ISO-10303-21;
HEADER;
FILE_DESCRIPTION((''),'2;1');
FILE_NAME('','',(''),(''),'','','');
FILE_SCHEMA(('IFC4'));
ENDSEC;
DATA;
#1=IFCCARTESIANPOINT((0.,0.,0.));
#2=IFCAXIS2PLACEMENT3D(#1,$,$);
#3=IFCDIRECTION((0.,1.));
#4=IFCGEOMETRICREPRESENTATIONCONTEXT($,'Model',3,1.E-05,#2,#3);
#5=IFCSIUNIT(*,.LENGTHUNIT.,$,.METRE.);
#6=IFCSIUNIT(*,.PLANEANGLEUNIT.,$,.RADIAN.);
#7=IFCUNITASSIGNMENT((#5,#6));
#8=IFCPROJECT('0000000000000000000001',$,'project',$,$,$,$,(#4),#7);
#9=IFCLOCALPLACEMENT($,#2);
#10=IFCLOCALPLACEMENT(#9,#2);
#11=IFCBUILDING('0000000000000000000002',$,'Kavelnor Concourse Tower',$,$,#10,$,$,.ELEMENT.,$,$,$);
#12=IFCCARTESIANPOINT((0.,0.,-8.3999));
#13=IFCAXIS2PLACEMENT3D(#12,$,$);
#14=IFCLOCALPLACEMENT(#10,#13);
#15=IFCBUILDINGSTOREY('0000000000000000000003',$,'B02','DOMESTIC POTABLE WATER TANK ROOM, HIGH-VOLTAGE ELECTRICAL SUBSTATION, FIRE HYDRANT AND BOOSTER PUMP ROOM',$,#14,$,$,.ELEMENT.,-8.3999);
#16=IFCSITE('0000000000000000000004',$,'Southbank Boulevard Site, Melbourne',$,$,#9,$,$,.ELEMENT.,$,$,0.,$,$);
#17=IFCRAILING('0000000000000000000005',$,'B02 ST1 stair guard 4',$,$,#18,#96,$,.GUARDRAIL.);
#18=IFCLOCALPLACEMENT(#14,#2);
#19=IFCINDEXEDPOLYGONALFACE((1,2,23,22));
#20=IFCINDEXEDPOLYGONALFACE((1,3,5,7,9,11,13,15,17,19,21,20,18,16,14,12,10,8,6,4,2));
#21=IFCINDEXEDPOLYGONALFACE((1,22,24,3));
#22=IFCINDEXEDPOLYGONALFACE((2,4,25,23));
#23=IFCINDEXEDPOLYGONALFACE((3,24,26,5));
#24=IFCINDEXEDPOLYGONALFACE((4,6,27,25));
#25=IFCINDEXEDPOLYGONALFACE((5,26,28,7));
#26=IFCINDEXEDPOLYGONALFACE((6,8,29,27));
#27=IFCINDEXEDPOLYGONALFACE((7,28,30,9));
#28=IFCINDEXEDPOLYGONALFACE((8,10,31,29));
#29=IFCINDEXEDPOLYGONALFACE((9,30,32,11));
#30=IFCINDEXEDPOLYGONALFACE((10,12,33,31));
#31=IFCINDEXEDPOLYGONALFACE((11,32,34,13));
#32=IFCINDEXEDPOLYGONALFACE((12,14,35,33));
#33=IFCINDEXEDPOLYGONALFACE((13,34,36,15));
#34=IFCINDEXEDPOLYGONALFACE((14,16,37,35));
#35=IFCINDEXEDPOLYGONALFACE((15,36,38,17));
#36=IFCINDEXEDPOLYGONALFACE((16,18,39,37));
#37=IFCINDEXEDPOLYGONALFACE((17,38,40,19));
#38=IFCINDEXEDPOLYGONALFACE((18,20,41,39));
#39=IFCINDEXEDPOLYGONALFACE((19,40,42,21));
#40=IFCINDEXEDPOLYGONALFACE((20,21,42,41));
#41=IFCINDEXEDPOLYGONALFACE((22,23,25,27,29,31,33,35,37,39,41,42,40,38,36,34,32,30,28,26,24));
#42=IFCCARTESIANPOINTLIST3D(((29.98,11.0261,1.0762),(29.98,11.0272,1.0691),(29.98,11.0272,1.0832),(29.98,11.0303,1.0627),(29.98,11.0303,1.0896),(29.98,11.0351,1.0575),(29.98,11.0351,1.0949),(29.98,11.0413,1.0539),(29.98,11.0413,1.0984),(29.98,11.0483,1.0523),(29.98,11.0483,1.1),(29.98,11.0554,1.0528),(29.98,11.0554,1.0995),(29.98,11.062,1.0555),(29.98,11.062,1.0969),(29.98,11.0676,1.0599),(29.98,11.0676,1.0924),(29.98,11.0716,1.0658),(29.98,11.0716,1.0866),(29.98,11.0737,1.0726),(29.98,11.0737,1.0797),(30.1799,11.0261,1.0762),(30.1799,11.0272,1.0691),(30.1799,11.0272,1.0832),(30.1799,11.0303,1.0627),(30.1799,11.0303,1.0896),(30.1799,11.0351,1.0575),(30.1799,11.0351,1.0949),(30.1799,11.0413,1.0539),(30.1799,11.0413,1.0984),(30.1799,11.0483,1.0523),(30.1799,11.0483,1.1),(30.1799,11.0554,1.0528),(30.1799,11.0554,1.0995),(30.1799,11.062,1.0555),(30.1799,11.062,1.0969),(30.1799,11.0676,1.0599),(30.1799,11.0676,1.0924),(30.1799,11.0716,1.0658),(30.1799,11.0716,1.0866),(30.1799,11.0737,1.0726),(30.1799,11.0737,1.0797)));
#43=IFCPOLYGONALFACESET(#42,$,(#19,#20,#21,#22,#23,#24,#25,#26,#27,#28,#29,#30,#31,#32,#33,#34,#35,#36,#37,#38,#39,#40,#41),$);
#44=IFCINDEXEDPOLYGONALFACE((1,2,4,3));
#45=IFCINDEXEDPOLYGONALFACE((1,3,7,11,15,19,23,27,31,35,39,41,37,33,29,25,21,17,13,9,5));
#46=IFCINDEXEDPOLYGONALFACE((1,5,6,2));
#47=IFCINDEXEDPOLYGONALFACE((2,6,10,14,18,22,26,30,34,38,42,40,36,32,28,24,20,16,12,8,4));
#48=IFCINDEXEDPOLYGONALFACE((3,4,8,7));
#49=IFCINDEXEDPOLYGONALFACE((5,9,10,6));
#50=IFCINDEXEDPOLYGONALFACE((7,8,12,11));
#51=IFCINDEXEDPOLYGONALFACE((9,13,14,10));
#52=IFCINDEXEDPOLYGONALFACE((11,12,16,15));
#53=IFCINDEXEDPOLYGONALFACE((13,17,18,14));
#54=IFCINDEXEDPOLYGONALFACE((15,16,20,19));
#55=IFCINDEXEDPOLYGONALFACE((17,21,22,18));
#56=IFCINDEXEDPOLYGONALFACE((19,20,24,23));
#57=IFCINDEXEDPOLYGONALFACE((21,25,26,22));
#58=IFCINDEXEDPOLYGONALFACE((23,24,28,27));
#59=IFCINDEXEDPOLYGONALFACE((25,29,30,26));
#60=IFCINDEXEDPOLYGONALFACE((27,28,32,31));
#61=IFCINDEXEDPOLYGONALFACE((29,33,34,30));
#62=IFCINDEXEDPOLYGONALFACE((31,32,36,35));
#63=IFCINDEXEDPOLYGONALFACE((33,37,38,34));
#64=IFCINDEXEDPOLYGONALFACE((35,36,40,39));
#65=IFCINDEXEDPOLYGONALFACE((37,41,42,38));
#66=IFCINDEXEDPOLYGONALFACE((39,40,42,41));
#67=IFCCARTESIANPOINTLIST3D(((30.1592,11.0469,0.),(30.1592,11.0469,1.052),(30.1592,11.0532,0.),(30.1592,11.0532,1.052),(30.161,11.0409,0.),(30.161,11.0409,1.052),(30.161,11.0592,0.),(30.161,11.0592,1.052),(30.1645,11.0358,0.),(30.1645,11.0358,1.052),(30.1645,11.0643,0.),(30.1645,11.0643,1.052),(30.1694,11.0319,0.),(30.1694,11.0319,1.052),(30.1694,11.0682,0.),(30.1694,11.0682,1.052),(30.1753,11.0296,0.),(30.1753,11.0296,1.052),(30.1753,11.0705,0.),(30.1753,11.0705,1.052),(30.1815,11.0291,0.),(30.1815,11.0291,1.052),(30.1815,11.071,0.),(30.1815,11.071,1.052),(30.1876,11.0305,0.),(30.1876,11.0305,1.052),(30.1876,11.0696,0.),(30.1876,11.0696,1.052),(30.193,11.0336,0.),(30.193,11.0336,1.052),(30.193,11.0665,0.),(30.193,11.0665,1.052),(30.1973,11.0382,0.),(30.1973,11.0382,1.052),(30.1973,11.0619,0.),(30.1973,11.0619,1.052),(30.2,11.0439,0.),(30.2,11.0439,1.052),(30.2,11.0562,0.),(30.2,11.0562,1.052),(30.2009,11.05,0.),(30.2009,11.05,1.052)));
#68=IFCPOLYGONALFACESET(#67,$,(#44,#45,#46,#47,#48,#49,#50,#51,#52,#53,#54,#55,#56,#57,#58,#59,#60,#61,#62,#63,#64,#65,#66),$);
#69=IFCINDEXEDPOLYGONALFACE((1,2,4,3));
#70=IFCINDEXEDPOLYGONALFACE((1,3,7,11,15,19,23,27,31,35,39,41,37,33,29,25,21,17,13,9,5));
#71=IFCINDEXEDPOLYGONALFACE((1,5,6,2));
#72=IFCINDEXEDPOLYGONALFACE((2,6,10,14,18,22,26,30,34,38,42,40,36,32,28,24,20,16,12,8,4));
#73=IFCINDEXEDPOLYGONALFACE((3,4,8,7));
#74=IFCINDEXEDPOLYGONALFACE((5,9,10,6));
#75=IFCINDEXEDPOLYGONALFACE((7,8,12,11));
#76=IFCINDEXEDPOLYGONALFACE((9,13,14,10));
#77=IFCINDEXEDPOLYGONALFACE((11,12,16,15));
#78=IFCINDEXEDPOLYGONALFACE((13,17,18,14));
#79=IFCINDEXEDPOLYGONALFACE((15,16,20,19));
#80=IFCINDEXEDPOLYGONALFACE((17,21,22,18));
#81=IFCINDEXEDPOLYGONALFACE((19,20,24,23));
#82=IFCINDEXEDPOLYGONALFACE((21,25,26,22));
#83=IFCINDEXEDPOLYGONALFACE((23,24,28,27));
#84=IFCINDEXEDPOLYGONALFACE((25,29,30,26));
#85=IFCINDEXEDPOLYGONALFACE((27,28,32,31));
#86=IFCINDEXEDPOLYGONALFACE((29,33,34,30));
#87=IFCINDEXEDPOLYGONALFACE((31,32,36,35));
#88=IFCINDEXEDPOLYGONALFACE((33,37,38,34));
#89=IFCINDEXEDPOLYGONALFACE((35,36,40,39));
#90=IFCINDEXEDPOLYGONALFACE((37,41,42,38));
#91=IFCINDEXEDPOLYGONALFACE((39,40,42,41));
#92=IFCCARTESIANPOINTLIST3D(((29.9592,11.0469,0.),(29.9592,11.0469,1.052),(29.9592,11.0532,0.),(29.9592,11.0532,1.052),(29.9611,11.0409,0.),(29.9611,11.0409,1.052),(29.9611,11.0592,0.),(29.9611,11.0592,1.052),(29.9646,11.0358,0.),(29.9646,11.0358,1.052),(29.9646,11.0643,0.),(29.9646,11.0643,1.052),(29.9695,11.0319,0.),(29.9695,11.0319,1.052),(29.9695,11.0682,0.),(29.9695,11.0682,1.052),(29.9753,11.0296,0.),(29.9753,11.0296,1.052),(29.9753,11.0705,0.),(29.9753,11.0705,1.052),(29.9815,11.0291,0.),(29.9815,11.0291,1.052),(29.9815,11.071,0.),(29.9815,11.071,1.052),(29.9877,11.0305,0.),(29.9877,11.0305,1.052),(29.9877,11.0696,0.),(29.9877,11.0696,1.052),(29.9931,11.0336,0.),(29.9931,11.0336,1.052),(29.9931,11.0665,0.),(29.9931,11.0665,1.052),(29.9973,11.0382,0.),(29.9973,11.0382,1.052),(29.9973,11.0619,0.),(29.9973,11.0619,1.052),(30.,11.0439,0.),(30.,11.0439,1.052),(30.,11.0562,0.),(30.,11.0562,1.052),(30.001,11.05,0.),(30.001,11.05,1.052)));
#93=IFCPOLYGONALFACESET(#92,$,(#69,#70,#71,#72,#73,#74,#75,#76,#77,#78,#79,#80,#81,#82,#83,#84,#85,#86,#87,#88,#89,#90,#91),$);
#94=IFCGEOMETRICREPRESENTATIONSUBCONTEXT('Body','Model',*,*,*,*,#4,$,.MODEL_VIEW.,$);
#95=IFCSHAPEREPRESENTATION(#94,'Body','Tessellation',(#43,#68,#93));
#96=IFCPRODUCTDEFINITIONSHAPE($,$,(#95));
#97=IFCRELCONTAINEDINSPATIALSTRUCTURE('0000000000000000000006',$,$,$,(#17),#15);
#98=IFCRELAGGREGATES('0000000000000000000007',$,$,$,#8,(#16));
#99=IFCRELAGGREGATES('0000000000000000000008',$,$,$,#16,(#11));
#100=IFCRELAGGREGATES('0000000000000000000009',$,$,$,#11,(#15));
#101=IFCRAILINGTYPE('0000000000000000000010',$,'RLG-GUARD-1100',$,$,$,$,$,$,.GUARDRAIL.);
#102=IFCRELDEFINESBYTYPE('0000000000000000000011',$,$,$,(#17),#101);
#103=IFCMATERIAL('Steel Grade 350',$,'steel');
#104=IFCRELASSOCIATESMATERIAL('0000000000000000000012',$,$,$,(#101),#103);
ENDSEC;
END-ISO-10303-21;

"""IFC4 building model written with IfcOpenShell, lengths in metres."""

from ifc_helpers import new_model, si_unit, direction, frame, origin, origin_2d, place, context, subcontext, project, spatial, circle, extrude, material, type_object, element, save


model = new_model("IFC4")

# Units and contexts
model_context = context("Model", 3, precision=1e-05, world=origin(), true_north=direction((0.0, 1.0)))
body_context = subcontext(model_context, "Body", "Model", "MODEL_VIEW")
ifc_project = project(units=[si_unit("LENGTHUNIT", "METRE"), si_unit("PLANEANGLEUNIT", "RADIAN")], contexts=[model_context])

# Site, building, storey
site_placement = place(None, origin())
site = spatial("IfcSite", under=ifc_project, at=site_placement, Name="Southbank Boulevard Site, Melbourne", CompositionType="ELEMENT", RefElevation=0.0)
building_placement = place(site_placement, origin())
building = spatial("IfcBuilding", under=site, at=building_placement, Name="Kavelnor Concourse Tower", CompositionType="ELEMENT")
storey_placement = place(building_placement, frame((0.0, 0.0, -8.3999)))
storey = spatial("IfcBuildingStorey", under=building, at=storey_placement, Name="B02", Description="DOMESTIC POTABLE WATER TANK ROOM, HIGH-VOLTAGE ELECTRICAL SUBSTATION, FIRE HYDRANT AND BOOSTER PUMP ROOM", CompositionType="ELEMENT", Elevation=-8.3999)

# Shared definitions
ifc_material_1 = material(Name="Steel Grade 350", Category="steel")

# Railing
railing_type_1 = type_object("IfcRailingType", Name="RLG-GUARD-1100", PredefinedType="GUARDRAIL", material=ifc_material_1)
railing_1_placement = place(storey_placement, frame((30.1799, 11.05, 0.0)))
element("IfcRailing", 1, at=railing_1_placement, inside=storey, type_object=railing_type_1, Name="B02 ST1 stair guard 4", PredefinedType="GUARDRAIL", context=body_context, shape_type="SweptSolid", body=[
    extrude(circle(Radius=0.0239, at=origin_2d()), frame((0.0, 0.0, 1.0762), z_axis=(-1.0, 0.0, 0.0), x_axis=(0.0, -1.0, 0.0)), (0.0, 0.0, 1.0), 0.2),
    extrude(circle(Radius=0.021, at=origin_2d()), origin(), (0.0, 0.0, 1.0), 1.052),
    extrude(circle(Radius=0.021, at=origin_2d()), frame((-0.2, 0.0, 0.0)), (0.0, 0.0, 1.0), 1.052),
])

save(model, "model.ifc")
